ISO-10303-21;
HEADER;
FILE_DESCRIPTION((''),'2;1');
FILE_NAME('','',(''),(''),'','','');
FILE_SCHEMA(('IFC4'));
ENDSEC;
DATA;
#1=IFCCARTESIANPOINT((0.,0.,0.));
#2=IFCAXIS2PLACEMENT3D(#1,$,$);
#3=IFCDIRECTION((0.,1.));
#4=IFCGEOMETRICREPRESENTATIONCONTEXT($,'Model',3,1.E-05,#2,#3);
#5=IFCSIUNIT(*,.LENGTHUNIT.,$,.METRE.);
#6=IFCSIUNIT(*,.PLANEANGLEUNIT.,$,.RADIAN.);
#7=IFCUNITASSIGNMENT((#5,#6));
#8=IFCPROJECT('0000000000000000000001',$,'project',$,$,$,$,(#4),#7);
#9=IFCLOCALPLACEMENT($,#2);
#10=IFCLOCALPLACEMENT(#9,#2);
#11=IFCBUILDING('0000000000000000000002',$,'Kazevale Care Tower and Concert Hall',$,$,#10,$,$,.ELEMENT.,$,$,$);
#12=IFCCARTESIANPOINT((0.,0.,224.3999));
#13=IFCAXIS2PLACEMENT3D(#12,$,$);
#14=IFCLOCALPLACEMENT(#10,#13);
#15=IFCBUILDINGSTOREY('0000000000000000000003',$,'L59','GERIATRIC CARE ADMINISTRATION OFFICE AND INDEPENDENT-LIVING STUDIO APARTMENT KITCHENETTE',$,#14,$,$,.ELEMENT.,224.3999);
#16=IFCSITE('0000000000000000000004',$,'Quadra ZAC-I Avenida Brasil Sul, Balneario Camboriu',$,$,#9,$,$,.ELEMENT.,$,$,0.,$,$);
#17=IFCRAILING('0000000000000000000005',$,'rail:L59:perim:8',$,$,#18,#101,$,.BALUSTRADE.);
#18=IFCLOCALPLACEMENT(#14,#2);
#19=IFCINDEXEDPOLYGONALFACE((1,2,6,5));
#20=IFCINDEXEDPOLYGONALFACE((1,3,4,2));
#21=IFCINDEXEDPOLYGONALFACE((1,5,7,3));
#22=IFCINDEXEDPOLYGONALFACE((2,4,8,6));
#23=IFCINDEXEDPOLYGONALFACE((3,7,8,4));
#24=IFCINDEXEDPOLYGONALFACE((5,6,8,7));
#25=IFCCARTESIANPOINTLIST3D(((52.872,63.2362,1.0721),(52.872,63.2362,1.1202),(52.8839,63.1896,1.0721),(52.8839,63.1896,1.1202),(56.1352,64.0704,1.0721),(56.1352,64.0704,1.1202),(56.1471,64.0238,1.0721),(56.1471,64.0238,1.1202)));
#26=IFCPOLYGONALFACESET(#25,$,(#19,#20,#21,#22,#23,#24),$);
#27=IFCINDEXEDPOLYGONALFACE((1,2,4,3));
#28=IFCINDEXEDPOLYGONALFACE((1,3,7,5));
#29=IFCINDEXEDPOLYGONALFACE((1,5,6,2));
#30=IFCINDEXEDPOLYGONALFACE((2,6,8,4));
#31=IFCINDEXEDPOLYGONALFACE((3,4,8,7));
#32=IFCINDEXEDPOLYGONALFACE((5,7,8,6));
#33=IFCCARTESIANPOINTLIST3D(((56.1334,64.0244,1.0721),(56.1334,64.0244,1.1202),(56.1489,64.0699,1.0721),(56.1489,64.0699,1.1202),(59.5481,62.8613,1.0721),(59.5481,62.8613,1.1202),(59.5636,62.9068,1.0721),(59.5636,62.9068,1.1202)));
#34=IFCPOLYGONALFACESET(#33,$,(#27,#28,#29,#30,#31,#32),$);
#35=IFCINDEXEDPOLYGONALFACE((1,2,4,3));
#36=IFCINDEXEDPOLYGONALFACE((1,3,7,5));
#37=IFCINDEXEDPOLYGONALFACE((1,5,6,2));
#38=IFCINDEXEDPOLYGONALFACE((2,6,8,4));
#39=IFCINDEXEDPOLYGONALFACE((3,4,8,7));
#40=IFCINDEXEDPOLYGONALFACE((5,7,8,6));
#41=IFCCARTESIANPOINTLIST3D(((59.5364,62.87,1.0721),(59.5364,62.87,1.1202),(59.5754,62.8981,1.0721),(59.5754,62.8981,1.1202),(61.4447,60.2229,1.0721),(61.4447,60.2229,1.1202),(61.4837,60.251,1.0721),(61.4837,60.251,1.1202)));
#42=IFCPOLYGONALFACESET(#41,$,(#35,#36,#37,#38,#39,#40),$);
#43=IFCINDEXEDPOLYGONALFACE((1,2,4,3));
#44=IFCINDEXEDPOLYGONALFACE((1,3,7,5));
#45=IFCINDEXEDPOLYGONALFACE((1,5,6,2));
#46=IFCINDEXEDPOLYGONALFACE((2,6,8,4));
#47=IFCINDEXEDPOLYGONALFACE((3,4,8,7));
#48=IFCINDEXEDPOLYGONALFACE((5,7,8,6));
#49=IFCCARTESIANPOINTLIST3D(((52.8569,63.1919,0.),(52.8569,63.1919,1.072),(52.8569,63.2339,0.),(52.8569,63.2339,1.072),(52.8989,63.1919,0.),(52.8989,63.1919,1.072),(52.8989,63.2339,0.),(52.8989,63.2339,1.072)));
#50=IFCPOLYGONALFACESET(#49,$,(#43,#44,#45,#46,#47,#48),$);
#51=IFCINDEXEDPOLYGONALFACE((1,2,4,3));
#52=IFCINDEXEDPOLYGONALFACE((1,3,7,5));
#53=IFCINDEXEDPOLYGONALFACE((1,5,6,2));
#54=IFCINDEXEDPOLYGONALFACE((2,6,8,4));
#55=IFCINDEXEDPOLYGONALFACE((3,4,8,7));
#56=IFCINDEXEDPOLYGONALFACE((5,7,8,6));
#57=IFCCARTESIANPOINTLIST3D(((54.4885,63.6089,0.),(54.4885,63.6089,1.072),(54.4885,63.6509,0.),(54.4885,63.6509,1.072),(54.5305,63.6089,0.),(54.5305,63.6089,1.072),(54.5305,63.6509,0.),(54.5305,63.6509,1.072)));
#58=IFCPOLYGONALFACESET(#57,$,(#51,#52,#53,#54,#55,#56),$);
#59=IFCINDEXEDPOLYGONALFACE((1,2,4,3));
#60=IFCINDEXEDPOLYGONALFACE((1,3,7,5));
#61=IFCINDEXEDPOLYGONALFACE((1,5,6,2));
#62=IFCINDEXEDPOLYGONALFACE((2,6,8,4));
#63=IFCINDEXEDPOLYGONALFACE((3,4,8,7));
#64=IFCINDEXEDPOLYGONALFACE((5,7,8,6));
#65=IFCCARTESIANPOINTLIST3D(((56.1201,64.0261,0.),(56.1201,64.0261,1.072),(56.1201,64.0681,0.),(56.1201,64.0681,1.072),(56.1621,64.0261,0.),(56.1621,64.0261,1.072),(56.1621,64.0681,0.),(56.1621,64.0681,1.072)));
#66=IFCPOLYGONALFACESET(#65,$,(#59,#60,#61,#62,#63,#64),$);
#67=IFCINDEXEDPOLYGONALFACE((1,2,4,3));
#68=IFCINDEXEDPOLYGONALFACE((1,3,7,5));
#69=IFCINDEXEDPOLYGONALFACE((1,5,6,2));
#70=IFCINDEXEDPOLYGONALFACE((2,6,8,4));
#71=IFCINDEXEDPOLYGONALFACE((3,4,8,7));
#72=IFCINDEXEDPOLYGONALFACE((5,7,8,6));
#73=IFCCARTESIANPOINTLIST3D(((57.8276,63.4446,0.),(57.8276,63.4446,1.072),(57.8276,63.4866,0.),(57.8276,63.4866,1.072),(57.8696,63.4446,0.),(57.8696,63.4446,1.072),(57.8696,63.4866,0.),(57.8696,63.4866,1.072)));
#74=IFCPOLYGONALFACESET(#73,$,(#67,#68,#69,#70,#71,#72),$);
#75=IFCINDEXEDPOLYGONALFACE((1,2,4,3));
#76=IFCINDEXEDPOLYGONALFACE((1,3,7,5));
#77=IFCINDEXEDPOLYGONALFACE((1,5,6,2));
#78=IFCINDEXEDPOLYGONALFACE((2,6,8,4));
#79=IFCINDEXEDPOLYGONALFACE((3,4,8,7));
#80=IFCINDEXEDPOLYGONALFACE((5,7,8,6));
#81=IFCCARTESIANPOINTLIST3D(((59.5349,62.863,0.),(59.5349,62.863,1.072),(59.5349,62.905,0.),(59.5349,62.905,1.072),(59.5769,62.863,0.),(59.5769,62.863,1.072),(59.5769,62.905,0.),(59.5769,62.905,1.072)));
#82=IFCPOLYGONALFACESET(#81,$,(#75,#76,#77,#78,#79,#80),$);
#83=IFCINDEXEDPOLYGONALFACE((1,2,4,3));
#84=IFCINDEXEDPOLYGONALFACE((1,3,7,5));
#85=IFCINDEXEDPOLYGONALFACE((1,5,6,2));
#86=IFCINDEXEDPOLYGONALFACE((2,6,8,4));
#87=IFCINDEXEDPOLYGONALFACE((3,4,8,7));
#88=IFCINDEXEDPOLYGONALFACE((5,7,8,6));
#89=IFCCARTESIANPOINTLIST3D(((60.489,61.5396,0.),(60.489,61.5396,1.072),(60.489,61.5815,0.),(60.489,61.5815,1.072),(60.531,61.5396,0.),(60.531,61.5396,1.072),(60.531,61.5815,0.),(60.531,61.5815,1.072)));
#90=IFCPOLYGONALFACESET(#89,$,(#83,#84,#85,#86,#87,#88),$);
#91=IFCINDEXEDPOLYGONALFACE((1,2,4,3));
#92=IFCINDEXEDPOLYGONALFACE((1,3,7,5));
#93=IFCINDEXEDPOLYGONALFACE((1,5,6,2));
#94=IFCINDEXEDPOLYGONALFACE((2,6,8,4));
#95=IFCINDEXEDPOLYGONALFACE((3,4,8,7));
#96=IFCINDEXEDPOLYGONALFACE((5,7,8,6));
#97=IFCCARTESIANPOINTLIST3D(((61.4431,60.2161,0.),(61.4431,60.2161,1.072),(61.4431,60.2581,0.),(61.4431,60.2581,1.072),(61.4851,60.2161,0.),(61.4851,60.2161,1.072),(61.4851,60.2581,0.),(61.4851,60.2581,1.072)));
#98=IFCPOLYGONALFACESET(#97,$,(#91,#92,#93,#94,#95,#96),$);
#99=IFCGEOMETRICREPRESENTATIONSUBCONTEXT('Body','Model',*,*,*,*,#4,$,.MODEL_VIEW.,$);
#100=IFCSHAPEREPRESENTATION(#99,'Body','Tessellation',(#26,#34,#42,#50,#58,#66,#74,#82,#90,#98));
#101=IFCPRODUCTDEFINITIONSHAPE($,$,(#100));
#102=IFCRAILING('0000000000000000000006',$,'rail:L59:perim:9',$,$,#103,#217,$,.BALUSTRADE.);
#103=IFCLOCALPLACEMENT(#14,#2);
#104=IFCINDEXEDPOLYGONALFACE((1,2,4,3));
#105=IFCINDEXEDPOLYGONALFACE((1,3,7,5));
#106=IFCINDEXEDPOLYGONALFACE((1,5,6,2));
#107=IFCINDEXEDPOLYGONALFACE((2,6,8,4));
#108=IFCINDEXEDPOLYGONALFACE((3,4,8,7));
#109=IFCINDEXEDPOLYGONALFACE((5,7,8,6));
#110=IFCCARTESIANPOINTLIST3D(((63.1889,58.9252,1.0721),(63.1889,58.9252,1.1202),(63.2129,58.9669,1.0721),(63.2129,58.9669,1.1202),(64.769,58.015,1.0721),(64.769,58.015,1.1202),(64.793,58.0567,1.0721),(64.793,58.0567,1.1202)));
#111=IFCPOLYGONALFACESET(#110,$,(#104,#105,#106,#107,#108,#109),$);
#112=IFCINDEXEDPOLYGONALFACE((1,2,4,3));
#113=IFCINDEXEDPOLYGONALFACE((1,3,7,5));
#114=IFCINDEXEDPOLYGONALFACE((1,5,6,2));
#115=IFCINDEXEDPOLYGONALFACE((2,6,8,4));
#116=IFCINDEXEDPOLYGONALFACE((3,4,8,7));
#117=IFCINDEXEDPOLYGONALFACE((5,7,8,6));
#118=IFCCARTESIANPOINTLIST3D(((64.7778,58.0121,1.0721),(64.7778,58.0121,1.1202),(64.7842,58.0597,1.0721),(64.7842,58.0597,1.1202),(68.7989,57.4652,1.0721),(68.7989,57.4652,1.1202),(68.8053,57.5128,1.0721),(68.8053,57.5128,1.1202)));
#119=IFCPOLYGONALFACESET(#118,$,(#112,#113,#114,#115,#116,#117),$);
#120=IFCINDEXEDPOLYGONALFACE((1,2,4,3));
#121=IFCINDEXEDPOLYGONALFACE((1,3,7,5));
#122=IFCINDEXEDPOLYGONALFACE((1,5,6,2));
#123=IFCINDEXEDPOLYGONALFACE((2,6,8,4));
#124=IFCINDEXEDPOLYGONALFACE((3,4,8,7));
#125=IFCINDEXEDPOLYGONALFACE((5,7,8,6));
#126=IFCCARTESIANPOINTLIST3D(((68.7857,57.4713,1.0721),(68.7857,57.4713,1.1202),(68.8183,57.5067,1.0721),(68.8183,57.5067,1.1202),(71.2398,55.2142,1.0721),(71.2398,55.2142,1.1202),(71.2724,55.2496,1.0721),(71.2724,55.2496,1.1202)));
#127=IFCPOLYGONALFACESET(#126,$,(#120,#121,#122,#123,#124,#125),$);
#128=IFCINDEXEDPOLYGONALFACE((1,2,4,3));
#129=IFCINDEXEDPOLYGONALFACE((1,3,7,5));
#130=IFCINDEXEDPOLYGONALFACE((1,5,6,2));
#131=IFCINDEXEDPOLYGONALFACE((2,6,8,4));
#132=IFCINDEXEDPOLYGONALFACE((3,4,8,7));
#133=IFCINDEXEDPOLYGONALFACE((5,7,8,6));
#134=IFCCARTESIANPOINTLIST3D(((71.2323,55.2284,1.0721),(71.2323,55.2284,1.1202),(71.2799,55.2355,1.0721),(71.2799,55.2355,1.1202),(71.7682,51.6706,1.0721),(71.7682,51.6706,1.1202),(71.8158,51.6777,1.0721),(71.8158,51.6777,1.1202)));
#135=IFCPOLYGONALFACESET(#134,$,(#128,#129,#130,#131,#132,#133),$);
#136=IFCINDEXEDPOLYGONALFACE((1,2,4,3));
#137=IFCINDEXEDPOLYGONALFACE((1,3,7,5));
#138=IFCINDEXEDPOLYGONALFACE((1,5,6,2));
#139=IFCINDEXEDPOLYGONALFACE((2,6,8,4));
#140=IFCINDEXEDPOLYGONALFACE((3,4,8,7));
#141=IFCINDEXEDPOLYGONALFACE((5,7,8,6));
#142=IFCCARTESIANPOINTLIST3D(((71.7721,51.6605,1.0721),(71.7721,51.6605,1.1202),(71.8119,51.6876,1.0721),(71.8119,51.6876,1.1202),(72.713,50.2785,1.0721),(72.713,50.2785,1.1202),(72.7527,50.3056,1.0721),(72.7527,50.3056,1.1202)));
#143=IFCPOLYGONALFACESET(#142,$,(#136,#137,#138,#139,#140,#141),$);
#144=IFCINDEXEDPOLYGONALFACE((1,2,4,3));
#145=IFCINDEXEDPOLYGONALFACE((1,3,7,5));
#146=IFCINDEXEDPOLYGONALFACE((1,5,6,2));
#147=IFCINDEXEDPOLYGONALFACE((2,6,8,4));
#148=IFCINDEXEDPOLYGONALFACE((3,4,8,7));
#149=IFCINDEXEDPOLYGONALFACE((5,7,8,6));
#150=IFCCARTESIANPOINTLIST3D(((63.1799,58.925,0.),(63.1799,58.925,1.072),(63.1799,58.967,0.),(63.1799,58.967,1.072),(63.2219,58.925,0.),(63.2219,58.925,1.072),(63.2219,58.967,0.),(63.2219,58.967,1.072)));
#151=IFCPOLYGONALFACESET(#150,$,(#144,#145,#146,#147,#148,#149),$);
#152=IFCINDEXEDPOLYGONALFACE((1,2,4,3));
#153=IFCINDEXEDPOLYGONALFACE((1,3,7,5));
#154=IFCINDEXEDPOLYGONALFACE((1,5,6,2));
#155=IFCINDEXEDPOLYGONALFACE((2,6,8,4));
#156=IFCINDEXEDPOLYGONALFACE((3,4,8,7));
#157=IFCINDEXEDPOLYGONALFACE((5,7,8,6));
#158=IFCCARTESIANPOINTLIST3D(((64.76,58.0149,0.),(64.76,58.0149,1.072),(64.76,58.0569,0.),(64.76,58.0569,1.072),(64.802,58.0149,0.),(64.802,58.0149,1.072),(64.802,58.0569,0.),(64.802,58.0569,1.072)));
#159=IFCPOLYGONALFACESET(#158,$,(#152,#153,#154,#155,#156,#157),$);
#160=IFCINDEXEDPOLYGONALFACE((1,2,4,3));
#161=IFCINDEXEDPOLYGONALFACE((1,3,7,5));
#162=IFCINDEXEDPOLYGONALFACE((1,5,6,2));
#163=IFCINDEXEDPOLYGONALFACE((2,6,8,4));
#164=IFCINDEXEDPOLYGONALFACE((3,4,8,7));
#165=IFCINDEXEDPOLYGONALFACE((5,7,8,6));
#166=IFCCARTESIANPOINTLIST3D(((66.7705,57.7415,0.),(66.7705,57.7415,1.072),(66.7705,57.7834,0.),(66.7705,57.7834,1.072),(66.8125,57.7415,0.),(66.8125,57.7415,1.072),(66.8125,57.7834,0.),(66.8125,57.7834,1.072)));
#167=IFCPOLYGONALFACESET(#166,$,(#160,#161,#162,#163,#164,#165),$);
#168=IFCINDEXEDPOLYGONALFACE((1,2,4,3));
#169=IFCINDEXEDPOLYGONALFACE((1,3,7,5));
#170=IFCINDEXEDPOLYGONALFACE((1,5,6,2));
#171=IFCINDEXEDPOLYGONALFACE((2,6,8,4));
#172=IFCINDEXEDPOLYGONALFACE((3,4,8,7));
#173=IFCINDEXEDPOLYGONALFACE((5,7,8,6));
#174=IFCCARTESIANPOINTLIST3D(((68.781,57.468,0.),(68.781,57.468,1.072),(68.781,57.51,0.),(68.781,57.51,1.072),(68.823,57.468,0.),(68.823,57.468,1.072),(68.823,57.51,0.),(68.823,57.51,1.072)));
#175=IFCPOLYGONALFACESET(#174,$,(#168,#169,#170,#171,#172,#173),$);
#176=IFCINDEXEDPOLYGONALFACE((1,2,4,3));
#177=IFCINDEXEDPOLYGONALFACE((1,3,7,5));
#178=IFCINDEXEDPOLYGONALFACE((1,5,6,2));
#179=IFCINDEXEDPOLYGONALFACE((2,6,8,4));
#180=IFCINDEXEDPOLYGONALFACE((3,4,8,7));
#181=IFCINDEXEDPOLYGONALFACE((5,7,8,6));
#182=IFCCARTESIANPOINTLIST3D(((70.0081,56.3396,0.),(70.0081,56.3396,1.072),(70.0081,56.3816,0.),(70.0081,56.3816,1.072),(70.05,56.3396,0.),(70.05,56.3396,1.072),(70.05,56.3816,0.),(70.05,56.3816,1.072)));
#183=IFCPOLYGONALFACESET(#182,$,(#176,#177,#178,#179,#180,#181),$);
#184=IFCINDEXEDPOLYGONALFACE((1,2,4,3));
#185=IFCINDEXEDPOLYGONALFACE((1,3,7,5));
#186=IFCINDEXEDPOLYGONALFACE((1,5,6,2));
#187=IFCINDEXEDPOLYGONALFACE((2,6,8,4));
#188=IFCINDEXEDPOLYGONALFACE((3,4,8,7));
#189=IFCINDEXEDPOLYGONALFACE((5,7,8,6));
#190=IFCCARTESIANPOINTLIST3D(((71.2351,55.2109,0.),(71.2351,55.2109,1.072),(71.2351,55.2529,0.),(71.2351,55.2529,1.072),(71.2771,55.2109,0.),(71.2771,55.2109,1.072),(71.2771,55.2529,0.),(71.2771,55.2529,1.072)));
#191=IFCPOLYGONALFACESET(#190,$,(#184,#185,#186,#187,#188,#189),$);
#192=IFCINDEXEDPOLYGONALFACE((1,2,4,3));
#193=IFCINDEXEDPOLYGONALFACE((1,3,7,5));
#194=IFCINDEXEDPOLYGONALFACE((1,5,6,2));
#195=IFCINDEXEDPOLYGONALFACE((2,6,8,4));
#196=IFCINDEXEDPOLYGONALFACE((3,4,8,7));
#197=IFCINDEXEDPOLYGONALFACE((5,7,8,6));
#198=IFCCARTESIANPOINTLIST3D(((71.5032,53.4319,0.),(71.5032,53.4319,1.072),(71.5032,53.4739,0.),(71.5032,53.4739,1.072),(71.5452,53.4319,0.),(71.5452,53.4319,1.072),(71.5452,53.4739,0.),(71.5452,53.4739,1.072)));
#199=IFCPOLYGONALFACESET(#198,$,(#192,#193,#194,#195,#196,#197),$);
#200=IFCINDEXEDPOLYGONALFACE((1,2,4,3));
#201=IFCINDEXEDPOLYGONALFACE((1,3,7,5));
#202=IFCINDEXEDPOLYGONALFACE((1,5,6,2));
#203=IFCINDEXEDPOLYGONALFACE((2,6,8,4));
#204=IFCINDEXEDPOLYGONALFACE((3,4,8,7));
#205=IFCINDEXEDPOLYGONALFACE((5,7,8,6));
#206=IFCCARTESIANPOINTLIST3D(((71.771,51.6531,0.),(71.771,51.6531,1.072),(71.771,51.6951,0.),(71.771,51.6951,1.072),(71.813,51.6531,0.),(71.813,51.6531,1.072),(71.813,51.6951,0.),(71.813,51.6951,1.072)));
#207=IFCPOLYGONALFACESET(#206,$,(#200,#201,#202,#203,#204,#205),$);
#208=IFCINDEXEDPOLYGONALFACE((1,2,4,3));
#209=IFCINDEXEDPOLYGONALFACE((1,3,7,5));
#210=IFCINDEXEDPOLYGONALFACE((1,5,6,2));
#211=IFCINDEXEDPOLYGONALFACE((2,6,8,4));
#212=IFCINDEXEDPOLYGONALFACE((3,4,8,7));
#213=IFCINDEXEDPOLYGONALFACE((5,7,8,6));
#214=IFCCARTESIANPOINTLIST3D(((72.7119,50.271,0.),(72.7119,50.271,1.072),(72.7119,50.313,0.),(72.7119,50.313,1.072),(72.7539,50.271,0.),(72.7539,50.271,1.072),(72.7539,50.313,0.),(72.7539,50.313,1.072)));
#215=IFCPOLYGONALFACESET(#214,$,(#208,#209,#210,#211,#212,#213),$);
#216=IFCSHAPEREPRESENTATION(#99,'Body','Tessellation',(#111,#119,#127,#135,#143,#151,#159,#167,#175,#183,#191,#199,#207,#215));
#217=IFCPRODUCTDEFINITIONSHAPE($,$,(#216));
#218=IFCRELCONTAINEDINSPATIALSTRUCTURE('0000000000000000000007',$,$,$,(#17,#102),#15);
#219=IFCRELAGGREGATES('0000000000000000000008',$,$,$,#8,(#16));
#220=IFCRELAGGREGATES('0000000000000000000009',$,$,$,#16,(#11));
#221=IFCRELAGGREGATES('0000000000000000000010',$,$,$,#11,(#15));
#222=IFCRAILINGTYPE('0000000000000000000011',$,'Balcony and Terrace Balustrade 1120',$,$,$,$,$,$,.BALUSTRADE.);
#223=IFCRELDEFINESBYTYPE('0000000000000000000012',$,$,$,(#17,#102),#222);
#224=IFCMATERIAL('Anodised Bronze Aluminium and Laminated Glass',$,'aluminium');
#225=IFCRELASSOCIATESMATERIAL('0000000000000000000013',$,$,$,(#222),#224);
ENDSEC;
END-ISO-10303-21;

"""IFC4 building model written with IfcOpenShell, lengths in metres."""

from ifc_helpers import new_model, si_unit, direction, frame, origin, origin_2d, place, context, subcontext, project, spatial, rectangle, extrude, material, type_object, element, save


model = new_model("IFC4")

# Units and contexts
model_context = context("Model", 3, precision=1e-05, world=origin(), true_north=direction((0.0, 1.0)))
body_context = subcontext(model_context, "Body", "Model", "MODEL_VIEW")
ifc_project = project(units=[si_unit("LENGTHUNIT", "METRE"), si_unit("PLANEANGLEUNIT", "RADIAN")], contexts=[model_context])

# Site, building, storey
site_placement = place(None, origin())
site = spatial("IfcSite", under=ifc_project, at=site_placement, Name="Quadra ZAC-I Avenida Brasil Sul, Balneario Camboriu", CompositionType="ELEMENT", RefElevation=0.0)
building_placement = place(site_placement, origin())
building = spatial("IfcBuilding", under=site, at=building_placement, Name="Kazevale Care Tower and Concert Hall", CompositionType="ELEMENT")
storey_placement = place(building_placement, frame((0.0, 0.0, 224.3999)))
storey = spatial("IfcBuildingStorey", under=building, at=storey_placement, Name="L59", Description="GERIATRIC CARE ADMINISTRATION OFFICE AND INDEPENDENT-LIVING STUDIO APARTMENT KITCHENETTE", CompositionType="ELEMENT", Elevation=224.3999)

# Railings
ifc_material_1 = material(Name="Anodised Bronze Aluminium and Laminated Glass", Category="aluminium")
railing_type = type_object("IfcRailingType", Name="Balcony and Terrace Balustrade 1120", PredefinedType="BALUSTRADE", material=ifc_material_1)
railing_1_placement = place(storey_placement, frame((52.8779, 63.2129, 0.0)))
element("IfcRailing", 1, at=railing_1_placement, inside=storey, type_object=railing_type, Name="rail:L59:perim:8", PredefinedType="BALUSTRADE", context=body_context, shape_type="SweptSolid", body=[
    extrude(rectangle(XDim=0.0481, YDim=0.0481, at=origin_2d()), frame((0.0, 0.0, 1.0962), z_axis=(0.968841, 0.247683, 0.0), x_axis=(-0.247683, 0.968841, 0.0)), (0.0, 0.0, 1.0), 3.3682),
    extrude(rectangle(XDim=0.0481, YDim=0.0481, at=origin_2d()), frame((3.2632, 0.8342, 1.0962), z_axis=(0.946599, -0.322413, 0.0), x_axis=(0.322413, 0.946599, 0.0)), (0.0, 0.0, 1.0), 3.6074),
    extrude(rectangle(XDim=0.0481, YDim=0.0481, at=origin_2d()), frame((6.678, -0.3289, 1.0962), z_axis=(0.584786, -0.811188, 0.0), x_axis=(0.811188, 0.584786, 0.0)), (0.0, 0.0, 1.0), 3.2632),
    extrude(rectangle(XDim=0.042, YDim=0.042, at=origin_2d()), origin(), (0.0, 0.0, 1.0), 1.072),
    extrude(rectangle(XDim=0.042, YDim=0.042, at=origin_2d()), frame((1.6316, 0.417, 0.0)), (0.0, 0.0, 1.0), 1.072),
    extrude(rectangle(XDim=0.042, YDim=0.042, at=origin_2d()), frame((3.2632, 0.8342, 0.0)), (0.0, 0.0, 1.0), 1.072),
    extrude(rectangle(XDim=0.042, YDim=0.042, at=origin_2d()), frame((4.9707, 0.2527, 0.0)), (0.0, 0.0, 1.0), 1.072),
    extrude(rectangle(XDim=0.042, YDim=0.042, at=origin_2d()), frame((6.678, -0.3289, 0.0)), (0.0, 0.0, 1.0), 1.072),
    extrude(rectangle(XDim=0.042, YDim=0.042, at=origin_2d()), frame((7.6321, -1.6523, 0.0)), (0.0, 0.0, 1.0), 1.072),
    extrude(rectangle(XDim=0.042, YDim=0.042, at=origin_2d()), frame((8.5862, -2.9758, 0.0)), (0.0, 0.0, 1.0), 1.072),
])
railing_2_placement = place(storey_placement, frame((63.2009, 58.946, 0.0)))
element("IfcRailing", 2, at=railing_2_placement, inside=storey, type_object=railing_type, Name="rail:L59:perim:9", PredefinedType="BALUSTRADE", context=body_context, shape_type="SweptSolid", body=[
    extrude(rectangle(XDim=0.0481, YDim=0.0481, at=origin_2d()), frame((0.0, 0.0, 1.0962), z_axis=(0.866524, -0.499135, 0.0), x_axis=(0.499135, 0.866524, 0.0)), (0.0, 0.0, 1.0), 1.8235),
    extrude(rectangle(XDim=0.0481, YDim=0.0481, at=origin_2d()), frame((1.5801, -0.9102, 1.0962), z_axis=(0.990878, -0.134764, 0.0), x_axis=(0.134764, 0.990878, 0.0)), (0.0, 0.0, 1.0), 4.0581),
    extrude(rectangle(XDim=0.0481, YDim=0.0481, at=origin_2d()), frame((5.6011, -1.457, 1.0962), z_axis=(0.736035, -0.676944, 0.0), x_axis=(0.676944, 0.736035, 0.0)), (0.0, 0.0, 1.0), 3.3342),
    extrude(rectangle(XDim=0.0481, YDim=0.0481, at=origin_2d()), frame((8.0552, -3.7141, 1.0962), z_axis=(0.148941, -0.988846, 0.0), x_axis=(0.988846, 0.148941, 0.0)), (0.0, 0.0, 1.0), 3.5979),
    extrude(rectangle(XDim=0.0481, YDim=0.0481, at=origin_2d()), frame((8.5911, -7.272, 1.0962), z_axis=(0.562761, -0.826619, 0.0), x_axis=(0.826619, 0.562761, 0.0)), (0.0, 0.0, 1.0), 1.6719),
    extrude(rectangle(XDim=0.042, YDim=0.042, at=origin_2d()), origin(), (0.0, 0.0, 1.0), 1.072),
    extrude(rectangle(XDim=0.042, YDim=0.042, at=origin_2d()), frame((1.5801, -0.9102, 0.0)), (0.0, 0.0, 1.0), 1.072),
    extrude(rectangle(XDim=0.042, YDim=0.042, at=origin_2d()), frame((3.5906, -1.1836, 0.0)), (0.0, 0.0, 1.0), 1.072),
    extrude(rectangle(XDim=0.042, YDim=0.042, at=origin_2d()), frame((5.6011, -1.457, 0.0)), (0.0, 0.0, 1.0), 1.072),
    extrude(rectangle(XDim=0.042, YDim=0.042, at=origin_2d()), frame((6.8281, -2.5854, 0.0)), (0.0, 0.0, 1.0), 1.072),
    extrude(rectangle(XDim=0.042, YDim=0.042, at=origin_2d()), frame((8.0552, -3.7141, 0.0)), (0.0, 0.0, 1.0), 1.072),
    extrude(rectangle(XDim=0.042, YDim=0.042, at=origin_2d()), frame((8.3232, -5.4932, 0.0)), (0.0, 0.0, 1.0), 1.072),
    extrude(rectangle(XDim=0.042, YDim=0.042, at=origin_2d()), frame((8.5911, -7.272, 0.0)), (0.0, 0.0, 1.0), 1.072),
    extrude(rectangle(XDim=0.042, YDim=0.042, at=origin_2d()), frame((9.532, -8.6541, 0.0)), (0.0, 0.0, 1.0), 1.072),
])

save(model, "model.ifc")
